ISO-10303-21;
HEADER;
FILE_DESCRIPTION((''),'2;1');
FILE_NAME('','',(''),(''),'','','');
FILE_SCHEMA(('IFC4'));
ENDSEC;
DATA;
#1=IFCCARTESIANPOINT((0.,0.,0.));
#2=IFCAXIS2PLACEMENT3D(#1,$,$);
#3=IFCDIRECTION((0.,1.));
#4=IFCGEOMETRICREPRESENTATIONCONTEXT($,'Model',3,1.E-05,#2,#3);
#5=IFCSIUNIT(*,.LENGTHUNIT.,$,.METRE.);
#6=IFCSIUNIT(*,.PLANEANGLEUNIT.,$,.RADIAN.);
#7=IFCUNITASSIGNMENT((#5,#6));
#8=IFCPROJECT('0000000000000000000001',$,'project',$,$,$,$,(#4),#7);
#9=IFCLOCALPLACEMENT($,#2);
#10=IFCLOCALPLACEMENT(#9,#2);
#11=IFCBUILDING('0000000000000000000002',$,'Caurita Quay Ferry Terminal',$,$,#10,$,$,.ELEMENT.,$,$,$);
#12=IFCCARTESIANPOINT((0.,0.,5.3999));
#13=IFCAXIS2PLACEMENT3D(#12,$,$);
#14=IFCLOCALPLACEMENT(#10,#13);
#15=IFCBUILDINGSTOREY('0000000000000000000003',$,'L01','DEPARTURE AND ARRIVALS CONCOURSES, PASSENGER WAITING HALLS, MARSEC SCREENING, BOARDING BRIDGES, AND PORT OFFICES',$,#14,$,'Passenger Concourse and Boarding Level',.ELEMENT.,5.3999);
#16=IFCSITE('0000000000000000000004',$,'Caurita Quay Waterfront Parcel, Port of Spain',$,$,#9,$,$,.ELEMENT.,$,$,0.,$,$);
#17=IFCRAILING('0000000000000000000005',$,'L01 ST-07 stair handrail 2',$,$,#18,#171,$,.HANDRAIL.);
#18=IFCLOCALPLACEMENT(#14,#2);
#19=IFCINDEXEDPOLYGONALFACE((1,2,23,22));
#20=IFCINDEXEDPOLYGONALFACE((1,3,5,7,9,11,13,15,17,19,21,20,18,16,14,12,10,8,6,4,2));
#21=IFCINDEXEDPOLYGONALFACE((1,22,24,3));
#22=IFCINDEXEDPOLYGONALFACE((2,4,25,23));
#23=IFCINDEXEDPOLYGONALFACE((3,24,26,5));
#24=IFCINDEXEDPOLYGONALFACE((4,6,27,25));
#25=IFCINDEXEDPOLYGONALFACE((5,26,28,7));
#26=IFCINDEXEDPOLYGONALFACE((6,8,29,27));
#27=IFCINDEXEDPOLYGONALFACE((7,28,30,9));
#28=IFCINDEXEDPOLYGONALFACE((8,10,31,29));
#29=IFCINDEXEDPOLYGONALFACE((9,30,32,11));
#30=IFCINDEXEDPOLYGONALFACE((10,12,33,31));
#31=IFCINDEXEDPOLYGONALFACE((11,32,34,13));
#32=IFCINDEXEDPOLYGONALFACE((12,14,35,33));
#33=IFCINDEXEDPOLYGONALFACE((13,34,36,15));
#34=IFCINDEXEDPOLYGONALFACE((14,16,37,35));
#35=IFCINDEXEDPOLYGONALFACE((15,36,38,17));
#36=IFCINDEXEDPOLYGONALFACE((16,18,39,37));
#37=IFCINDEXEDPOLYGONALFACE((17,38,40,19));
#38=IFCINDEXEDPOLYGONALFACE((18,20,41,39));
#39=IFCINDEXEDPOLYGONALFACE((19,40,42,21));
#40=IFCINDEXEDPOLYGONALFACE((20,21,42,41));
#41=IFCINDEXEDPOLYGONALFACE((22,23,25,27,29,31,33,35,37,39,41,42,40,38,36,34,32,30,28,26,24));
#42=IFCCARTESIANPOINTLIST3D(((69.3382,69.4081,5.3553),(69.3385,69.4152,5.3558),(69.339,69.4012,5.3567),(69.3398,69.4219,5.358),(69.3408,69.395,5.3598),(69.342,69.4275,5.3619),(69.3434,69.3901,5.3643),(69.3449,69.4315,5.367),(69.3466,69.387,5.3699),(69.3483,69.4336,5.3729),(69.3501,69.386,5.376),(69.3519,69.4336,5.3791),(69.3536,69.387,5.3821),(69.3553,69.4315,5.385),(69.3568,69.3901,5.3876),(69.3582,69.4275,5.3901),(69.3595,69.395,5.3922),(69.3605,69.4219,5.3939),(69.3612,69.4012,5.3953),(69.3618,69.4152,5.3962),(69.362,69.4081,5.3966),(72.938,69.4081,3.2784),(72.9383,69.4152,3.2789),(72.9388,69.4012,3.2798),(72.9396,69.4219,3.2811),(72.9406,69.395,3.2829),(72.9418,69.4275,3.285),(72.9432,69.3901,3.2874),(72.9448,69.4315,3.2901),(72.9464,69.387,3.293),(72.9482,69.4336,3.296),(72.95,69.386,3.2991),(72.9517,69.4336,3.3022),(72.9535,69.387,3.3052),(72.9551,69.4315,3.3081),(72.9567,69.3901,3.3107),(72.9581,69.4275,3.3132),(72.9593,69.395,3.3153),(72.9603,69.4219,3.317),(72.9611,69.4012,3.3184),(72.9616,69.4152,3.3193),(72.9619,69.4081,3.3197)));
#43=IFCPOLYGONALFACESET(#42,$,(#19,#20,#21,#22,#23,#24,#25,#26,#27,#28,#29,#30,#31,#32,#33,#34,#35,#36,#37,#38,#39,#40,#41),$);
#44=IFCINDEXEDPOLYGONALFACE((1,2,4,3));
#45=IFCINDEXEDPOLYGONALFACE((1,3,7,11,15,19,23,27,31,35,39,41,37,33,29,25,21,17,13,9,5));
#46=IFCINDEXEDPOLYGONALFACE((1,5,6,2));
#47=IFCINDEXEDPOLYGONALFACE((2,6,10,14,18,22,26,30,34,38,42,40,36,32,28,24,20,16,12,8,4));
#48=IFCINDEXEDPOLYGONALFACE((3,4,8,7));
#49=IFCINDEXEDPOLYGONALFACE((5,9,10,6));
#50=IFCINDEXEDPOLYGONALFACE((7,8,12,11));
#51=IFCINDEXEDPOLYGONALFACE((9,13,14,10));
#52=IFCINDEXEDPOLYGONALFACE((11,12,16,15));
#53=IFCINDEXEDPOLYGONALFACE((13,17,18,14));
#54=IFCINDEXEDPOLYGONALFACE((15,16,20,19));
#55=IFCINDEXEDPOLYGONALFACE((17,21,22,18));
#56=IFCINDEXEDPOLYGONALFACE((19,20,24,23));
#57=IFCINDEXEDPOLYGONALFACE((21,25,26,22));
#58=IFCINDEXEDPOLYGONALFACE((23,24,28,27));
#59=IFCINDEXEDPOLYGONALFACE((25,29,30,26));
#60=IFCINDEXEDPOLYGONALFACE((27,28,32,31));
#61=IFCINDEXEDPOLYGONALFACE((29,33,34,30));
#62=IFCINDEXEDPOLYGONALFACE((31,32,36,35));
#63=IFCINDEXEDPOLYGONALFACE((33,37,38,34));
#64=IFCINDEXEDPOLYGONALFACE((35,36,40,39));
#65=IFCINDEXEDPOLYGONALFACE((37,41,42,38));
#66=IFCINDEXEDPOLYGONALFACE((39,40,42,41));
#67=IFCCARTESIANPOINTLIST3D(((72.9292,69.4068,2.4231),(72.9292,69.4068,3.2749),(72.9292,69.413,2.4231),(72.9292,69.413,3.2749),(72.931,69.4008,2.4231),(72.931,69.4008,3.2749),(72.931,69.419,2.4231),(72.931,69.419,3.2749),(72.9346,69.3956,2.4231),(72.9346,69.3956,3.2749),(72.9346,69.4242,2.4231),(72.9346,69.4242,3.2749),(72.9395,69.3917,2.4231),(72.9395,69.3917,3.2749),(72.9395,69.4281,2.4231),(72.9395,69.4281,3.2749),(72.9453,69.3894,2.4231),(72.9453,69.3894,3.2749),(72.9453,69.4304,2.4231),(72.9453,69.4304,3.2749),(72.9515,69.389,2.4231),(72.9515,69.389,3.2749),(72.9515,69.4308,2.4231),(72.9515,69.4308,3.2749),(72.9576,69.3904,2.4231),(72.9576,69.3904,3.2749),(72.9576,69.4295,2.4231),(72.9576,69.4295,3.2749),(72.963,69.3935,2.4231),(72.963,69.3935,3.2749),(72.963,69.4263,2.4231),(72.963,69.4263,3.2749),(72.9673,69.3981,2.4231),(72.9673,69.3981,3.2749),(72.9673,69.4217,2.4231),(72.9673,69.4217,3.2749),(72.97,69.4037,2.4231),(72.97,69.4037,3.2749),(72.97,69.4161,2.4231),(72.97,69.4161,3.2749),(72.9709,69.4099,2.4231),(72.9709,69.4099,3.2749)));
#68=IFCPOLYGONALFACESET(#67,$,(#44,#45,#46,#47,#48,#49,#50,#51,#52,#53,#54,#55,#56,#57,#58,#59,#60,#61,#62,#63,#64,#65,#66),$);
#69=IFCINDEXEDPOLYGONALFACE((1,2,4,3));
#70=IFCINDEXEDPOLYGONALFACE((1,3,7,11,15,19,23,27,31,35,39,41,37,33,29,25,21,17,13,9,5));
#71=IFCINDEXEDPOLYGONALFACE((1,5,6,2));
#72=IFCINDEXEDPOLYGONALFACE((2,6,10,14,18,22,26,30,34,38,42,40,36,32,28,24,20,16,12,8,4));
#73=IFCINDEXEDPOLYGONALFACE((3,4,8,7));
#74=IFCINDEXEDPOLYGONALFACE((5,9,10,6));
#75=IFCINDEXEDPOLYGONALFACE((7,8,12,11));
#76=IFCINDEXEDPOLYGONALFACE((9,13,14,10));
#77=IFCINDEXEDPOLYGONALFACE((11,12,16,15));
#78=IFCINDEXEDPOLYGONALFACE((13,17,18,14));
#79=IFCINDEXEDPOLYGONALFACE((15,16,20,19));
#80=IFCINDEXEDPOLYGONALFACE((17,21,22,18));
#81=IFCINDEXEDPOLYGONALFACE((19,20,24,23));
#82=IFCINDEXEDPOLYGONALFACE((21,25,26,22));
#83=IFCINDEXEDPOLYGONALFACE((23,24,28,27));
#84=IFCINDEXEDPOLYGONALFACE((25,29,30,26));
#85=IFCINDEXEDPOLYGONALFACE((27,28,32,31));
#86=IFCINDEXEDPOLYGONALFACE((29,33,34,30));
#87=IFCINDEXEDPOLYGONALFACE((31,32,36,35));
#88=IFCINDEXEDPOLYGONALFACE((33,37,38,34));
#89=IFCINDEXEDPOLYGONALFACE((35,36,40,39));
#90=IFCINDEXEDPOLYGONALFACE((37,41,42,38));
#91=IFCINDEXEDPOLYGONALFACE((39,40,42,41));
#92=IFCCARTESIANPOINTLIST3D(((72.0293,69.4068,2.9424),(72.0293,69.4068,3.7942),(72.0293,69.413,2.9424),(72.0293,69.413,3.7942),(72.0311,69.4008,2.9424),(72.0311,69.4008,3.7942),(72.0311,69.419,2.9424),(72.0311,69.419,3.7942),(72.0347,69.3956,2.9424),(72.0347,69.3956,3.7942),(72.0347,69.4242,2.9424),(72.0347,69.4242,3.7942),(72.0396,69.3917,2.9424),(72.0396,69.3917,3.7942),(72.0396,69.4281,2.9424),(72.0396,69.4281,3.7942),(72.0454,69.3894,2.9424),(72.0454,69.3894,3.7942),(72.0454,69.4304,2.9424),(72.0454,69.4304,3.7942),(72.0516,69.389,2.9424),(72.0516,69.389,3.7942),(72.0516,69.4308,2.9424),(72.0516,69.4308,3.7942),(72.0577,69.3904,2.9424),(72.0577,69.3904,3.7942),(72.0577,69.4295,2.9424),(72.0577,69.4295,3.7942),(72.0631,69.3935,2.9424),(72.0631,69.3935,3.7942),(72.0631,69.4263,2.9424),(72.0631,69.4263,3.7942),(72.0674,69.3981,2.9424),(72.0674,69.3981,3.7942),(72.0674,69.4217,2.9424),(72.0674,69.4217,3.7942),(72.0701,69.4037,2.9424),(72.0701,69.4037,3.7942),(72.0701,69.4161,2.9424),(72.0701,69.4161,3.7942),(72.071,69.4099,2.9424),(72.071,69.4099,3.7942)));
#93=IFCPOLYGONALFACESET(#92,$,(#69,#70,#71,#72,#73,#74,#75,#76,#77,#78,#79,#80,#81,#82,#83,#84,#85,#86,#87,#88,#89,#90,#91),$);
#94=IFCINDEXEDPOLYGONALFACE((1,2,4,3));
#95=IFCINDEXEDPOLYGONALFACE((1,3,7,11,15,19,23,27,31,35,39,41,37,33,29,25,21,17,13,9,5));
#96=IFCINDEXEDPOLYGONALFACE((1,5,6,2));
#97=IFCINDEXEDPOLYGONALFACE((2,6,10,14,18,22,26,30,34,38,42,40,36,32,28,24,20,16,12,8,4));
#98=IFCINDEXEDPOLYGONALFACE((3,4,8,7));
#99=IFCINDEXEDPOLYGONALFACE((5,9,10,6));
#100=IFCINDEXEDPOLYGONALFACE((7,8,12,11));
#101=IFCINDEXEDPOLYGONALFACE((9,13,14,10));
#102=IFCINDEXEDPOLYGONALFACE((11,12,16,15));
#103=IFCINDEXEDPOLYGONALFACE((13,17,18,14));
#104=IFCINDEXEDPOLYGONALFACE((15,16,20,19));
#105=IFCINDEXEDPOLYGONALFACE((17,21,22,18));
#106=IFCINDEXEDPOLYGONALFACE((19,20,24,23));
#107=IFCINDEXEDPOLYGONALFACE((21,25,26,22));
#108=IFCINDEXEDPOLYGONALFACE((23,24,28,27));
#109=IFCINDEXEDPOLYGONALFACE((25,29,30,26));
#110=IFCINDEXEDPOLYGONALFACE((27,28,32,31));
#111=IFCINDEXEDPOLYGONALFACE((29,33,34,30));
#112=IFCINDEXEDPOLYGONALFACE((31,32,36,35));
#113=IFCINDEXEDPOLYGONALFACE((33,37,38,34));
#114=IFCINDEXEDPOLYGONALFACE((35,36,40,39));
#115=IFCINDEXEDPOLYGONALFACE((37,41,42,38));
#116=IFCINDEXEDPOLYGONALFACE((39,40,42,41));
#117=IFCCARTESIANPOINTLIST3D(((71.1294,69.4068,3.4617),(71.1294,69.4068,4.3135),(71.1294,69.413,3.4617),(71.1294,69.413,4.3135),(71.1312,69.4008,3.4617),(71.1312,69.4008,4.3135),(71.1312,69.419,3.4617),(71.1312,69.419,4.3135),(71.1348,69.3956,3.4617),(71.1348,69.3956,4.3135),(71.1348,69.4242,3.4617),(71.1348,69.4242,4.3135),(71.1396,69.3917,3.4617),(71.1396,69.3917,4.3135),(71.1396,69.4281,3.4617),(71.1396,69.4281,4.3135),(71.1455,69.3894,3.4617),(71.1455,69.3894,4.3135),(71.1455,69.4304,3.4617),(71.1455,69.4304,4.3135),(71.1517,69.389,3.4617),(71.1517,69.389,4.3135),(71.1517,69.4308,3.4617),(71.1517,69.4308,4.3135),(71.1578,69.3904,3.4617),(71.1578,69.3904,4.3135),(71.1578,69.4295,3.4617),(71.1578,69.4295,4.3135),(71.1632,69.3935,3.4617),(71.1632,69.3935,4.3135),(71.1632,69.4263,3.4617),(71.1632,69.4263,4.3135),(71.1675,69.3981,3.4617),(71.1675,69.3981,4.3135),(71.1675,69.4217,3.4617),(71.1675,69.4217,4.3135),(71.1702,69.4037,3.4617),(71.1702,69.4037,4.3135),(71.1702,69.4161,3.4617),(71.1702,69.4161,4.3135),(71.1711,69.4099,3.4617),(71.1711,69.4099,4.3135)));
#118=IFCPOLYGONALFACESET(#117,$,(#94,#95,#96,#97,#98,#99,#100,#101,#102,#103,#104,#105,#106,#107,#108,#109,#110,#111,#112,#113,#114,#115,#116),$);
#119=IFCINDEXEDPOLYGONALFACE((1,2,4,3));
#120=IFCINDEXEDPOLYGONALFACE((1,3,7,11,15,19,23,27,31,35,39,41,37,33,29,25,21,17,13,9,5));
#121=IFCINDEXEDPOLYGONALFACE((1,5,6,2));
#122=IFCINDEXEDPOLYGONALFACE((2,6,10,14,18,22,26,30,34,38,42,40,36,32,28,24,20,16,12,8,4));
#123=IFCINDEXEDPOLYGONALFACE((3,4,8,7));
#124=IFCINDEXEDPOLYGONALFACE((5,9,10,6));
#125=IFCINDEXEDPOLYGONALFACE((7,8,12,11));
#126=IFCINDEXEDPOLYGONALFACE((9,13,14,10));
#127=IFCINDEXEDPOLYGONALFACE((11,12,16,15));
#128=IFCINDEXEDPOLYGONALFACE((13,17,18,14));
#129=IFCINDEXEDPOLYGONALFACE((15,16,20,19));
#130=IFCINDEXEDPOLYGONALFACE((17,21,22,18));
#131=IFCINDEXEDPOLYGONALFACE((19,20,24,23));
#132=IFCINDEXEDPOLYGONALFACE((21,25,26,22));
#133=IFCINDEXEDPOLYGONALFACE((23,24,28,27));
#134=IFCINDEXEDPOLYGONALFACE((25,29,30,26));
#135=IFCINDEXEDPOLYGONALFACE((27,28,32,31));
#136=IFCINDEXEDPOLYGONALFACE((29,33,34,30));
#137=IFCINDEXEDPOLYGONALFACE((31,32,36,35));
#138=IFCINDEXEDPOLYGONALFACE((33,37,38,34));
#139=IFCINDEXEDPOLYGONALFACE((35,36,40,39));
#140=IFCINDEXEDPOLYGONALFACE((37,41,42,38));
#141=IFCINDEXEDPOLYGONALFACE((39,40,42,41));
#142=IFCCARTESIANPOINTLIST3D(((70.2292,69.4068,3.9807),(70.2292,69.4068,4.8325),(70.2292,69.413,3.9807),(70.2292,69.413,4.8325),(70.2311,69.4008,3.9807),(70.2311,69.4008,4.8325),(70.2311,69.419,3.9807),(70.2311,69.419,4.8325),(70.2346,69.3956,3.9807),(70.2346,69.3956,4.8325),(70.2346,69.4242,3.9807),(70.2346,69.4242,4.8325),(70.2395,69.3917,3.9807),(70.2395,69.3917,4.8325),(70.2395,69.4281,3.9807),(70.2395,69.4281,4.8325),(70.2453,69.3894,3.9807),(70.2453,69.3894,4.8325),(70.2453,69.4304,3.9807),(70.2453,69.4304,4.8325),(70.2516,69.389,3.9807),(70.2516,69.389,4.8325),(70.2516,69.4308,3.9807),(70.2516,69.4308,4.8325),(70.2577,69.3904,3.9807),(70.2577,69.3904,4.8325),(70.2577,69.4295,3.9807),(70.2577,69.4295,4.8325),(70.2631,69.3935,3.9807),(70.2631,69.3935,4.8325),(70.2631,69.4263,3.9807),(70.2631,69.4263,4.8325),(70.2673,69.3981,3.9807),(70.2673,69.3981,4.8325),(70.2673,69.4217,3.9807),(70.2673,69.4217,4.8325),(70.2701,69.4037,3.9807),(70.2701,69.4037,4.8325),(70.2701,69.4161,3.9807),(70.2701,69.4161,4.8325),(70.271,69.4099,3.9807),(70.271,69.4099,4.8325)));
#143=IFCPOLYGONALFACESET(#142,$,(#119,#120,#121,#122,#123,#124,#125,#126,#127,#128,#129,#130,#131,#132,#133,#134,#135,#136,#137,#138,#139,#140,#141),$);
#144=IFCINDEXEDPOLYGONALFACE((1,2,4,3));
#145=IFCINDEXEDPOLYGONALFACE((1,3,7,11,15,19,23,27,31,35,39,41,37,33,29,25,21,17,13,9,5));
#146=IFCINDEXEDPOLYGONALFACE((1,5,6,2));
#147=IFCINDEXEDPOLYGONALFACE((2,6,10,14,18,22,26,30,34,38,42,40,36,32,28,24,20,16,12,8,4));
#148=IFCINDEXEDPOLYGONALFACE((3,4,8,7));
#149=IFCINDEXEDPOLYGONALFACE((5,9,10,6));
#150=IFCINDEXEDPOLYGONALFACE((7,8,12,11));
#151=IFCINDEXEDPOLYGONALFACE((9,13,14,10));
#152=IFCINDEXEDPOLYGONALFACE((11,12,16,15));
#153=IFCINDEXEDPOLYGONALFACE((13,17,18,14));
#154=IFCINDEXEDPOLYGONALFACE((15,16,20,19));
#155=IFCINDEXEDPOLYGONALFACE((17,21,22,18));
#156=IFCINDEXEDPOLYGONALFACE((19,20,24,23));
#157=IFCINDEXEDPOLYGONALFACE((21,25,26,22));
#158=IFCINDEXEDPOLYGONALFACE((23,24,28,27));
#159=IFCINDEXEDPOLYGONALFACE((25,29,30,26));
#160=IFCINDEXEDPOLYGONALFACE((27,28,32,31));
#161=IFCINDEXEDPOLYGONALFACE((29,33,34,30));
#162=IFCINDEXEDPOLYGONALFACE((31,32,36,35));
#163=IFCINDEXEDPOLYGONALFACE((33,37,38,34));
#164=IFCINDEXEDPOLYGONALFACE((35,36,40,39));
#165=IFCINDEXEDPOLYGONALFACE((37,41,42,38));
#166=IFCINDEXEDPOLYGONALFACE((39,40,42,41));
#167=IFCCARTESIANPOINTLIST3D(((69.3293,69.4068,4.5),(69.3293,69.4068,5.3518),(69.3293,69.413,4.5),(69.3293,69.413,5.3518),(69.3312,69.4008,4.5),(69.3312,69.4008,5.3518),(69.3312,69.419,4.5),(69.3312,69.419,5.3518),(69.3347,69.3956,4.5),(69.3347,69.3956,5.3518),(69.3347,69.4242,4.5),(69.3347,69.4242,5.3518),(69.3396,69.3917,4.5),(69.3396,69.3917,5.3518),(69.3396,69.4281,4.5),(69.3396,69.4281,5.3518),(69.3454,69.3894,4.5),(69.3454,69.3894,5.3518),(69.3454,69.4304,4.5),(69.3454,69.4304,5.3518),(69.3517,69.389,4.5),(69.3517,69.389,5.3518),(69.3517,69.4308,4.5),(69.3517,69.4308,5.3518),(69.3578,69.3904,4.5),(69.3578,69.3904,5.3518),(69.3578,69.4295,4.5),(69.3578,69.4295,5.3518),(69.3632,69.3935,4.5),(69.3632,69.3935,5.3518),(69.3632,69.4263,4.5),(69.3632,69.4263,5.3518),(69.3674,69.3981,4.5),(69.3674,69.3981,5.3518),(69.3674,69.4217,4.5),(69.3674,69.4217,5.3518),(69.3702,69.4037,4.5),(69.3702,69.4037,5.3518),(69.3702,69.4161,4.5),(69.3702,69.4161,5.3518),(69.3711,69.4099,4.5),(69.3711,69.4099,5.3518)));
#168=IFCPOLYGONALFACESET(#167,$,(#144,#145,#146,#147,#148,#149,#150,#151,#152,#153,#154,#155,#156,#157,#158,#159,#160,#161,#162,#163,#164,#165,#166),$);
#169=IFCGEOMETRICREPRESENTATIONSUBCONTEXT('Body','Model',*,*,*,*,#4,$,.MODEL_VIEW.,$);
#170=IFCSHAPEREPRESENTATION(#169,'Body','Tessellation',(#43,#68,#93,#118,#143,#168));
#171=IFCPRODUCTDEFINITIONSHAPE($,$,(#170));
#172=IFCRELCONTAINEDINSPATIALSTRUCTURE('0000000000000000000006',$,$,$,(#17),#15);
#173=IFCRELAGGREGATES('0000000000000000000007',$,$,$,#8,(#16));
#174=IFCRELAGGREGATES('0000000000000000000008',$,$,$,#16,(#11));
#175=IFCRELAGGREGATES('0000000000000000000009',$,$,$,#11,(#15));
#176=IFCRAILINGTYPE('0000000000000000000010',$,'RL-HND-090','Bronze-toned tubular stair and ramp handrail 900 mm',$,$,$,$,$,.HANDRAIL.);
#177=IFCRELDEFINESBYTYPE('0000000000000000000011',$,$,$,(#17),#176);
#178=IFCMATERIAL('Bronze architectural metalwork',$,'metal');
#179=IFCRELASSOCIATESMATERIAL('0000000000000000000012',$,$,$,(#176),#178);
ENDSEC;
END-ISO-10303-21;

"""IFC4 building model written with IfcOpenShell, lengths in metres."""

from ifc_helpers import new_model, si_unit, direction, frame, origin, origin_2d, place, context, subcontext, project, spatial, circle, extrude, material, type_object, element, save


model = new_model("IFC4")

# Units and contexts
model_context = context("Model", 3, precision=1e-05, world=origin(), true_north=direction((0.0, 1.0)))
body_context = subcontext(model_context, "Body", "Model", "MODEL_VIEW")
ifc_project = project(units=[si_unit("LENGTHUNIT", "METRE"), si_unit("PLANEANGLEUNIT", "RADIAN")], contexts=[model_context])

# Site, building, storey
site_placement = place(None, origin())
site = spatial("IfcSite", under=ifc_project, at=site_placement, Name="Caurita Quay Waterfront Parcel, Port of Spain", CompositionType="ELEMENT", RefElevation=0.0)
building_placement = place(site_placement, origin())
building = spatial("IfcBuilding", under=site, at=building_placement, Name="Caurita Quay Ferry Terminal", CompositionType="ELEMENT")
storey_placement = place(building_placement, frame((0.0, 0.0, 5.3999)))
storey = spatial("IfcBuildingStorey", under=building, at=storey_placement, Name="L01", Description="DEPARTURE AND ARRIVALS CONCOURSES, PASSENGER WAITING HALLS, MARSEC SCREENING, BOARDING BRIDGES, AND PORT OFFICES", LongName="Passenger Concourse and Boarding Level", CompositionType="ELEMENT", Elevation=5.3999)

# Railing
ifc_material_1 = material(Name="Bronze architectural metalwork", Category="metal")
railing_type_1 = type_object("IfcRailingType", Name="RL-HND-090", Description="Bronze-toned tubular stair and ramp handrail 900 mm", PredefinedType="HANDRAIL", material=ifc_material_1)
railing_1_placement = place(storey_placement, frame((72.95, 69.4099, 2.4231)))
element("IfcRailing", 1, at=railing_1_placement, inside=storey, type_object=railing_type_1, Name="L01 ST-07 stair handrail 2", PredefinedType="HANDRAIL", context=body_context, shape_type="SweptSolid", body=[
    extrude(circle(Radius=0.0239, at=origin_2d()), frame((0.0, 0.0, 0.876), z_axis=(-0.866179, 0.0, 0.499734), x_axis=(0.0, -1.0, 0.0)), (0.0, 0.0, 1.0), 4.156),
    extrude(circle(Radius=0.021, at=origin_2d()), origin(), (0.0, 0.0, 1.0), 0.8518),
    extrude(circle(Radius=0.021, at=origin_2d()), frame((-0.8999, 0.0, 0.5193)), (0.0, 0.0, 1.0), 0.8518),
    extrude(circle(Radius=0.021, at=origin_2d()), frame((-1.7998, 0.0, 1.0386)), (0.0, 0.0, 1.0), 0.8518),
    extrude(circle(Radius=0.021, at=origin_2d()), frame((-2.7, 0.0, 1.5576)), (0.0, 0.0, 1.0), 0.8518),
    extrude(circle(Radius=0.021, at=origin_2d()), frame((-3.5999, 0.0, 2.0769)), (0.0, 0.0, 1.0), 0.8518),
])

save(model, "model.ifc")
